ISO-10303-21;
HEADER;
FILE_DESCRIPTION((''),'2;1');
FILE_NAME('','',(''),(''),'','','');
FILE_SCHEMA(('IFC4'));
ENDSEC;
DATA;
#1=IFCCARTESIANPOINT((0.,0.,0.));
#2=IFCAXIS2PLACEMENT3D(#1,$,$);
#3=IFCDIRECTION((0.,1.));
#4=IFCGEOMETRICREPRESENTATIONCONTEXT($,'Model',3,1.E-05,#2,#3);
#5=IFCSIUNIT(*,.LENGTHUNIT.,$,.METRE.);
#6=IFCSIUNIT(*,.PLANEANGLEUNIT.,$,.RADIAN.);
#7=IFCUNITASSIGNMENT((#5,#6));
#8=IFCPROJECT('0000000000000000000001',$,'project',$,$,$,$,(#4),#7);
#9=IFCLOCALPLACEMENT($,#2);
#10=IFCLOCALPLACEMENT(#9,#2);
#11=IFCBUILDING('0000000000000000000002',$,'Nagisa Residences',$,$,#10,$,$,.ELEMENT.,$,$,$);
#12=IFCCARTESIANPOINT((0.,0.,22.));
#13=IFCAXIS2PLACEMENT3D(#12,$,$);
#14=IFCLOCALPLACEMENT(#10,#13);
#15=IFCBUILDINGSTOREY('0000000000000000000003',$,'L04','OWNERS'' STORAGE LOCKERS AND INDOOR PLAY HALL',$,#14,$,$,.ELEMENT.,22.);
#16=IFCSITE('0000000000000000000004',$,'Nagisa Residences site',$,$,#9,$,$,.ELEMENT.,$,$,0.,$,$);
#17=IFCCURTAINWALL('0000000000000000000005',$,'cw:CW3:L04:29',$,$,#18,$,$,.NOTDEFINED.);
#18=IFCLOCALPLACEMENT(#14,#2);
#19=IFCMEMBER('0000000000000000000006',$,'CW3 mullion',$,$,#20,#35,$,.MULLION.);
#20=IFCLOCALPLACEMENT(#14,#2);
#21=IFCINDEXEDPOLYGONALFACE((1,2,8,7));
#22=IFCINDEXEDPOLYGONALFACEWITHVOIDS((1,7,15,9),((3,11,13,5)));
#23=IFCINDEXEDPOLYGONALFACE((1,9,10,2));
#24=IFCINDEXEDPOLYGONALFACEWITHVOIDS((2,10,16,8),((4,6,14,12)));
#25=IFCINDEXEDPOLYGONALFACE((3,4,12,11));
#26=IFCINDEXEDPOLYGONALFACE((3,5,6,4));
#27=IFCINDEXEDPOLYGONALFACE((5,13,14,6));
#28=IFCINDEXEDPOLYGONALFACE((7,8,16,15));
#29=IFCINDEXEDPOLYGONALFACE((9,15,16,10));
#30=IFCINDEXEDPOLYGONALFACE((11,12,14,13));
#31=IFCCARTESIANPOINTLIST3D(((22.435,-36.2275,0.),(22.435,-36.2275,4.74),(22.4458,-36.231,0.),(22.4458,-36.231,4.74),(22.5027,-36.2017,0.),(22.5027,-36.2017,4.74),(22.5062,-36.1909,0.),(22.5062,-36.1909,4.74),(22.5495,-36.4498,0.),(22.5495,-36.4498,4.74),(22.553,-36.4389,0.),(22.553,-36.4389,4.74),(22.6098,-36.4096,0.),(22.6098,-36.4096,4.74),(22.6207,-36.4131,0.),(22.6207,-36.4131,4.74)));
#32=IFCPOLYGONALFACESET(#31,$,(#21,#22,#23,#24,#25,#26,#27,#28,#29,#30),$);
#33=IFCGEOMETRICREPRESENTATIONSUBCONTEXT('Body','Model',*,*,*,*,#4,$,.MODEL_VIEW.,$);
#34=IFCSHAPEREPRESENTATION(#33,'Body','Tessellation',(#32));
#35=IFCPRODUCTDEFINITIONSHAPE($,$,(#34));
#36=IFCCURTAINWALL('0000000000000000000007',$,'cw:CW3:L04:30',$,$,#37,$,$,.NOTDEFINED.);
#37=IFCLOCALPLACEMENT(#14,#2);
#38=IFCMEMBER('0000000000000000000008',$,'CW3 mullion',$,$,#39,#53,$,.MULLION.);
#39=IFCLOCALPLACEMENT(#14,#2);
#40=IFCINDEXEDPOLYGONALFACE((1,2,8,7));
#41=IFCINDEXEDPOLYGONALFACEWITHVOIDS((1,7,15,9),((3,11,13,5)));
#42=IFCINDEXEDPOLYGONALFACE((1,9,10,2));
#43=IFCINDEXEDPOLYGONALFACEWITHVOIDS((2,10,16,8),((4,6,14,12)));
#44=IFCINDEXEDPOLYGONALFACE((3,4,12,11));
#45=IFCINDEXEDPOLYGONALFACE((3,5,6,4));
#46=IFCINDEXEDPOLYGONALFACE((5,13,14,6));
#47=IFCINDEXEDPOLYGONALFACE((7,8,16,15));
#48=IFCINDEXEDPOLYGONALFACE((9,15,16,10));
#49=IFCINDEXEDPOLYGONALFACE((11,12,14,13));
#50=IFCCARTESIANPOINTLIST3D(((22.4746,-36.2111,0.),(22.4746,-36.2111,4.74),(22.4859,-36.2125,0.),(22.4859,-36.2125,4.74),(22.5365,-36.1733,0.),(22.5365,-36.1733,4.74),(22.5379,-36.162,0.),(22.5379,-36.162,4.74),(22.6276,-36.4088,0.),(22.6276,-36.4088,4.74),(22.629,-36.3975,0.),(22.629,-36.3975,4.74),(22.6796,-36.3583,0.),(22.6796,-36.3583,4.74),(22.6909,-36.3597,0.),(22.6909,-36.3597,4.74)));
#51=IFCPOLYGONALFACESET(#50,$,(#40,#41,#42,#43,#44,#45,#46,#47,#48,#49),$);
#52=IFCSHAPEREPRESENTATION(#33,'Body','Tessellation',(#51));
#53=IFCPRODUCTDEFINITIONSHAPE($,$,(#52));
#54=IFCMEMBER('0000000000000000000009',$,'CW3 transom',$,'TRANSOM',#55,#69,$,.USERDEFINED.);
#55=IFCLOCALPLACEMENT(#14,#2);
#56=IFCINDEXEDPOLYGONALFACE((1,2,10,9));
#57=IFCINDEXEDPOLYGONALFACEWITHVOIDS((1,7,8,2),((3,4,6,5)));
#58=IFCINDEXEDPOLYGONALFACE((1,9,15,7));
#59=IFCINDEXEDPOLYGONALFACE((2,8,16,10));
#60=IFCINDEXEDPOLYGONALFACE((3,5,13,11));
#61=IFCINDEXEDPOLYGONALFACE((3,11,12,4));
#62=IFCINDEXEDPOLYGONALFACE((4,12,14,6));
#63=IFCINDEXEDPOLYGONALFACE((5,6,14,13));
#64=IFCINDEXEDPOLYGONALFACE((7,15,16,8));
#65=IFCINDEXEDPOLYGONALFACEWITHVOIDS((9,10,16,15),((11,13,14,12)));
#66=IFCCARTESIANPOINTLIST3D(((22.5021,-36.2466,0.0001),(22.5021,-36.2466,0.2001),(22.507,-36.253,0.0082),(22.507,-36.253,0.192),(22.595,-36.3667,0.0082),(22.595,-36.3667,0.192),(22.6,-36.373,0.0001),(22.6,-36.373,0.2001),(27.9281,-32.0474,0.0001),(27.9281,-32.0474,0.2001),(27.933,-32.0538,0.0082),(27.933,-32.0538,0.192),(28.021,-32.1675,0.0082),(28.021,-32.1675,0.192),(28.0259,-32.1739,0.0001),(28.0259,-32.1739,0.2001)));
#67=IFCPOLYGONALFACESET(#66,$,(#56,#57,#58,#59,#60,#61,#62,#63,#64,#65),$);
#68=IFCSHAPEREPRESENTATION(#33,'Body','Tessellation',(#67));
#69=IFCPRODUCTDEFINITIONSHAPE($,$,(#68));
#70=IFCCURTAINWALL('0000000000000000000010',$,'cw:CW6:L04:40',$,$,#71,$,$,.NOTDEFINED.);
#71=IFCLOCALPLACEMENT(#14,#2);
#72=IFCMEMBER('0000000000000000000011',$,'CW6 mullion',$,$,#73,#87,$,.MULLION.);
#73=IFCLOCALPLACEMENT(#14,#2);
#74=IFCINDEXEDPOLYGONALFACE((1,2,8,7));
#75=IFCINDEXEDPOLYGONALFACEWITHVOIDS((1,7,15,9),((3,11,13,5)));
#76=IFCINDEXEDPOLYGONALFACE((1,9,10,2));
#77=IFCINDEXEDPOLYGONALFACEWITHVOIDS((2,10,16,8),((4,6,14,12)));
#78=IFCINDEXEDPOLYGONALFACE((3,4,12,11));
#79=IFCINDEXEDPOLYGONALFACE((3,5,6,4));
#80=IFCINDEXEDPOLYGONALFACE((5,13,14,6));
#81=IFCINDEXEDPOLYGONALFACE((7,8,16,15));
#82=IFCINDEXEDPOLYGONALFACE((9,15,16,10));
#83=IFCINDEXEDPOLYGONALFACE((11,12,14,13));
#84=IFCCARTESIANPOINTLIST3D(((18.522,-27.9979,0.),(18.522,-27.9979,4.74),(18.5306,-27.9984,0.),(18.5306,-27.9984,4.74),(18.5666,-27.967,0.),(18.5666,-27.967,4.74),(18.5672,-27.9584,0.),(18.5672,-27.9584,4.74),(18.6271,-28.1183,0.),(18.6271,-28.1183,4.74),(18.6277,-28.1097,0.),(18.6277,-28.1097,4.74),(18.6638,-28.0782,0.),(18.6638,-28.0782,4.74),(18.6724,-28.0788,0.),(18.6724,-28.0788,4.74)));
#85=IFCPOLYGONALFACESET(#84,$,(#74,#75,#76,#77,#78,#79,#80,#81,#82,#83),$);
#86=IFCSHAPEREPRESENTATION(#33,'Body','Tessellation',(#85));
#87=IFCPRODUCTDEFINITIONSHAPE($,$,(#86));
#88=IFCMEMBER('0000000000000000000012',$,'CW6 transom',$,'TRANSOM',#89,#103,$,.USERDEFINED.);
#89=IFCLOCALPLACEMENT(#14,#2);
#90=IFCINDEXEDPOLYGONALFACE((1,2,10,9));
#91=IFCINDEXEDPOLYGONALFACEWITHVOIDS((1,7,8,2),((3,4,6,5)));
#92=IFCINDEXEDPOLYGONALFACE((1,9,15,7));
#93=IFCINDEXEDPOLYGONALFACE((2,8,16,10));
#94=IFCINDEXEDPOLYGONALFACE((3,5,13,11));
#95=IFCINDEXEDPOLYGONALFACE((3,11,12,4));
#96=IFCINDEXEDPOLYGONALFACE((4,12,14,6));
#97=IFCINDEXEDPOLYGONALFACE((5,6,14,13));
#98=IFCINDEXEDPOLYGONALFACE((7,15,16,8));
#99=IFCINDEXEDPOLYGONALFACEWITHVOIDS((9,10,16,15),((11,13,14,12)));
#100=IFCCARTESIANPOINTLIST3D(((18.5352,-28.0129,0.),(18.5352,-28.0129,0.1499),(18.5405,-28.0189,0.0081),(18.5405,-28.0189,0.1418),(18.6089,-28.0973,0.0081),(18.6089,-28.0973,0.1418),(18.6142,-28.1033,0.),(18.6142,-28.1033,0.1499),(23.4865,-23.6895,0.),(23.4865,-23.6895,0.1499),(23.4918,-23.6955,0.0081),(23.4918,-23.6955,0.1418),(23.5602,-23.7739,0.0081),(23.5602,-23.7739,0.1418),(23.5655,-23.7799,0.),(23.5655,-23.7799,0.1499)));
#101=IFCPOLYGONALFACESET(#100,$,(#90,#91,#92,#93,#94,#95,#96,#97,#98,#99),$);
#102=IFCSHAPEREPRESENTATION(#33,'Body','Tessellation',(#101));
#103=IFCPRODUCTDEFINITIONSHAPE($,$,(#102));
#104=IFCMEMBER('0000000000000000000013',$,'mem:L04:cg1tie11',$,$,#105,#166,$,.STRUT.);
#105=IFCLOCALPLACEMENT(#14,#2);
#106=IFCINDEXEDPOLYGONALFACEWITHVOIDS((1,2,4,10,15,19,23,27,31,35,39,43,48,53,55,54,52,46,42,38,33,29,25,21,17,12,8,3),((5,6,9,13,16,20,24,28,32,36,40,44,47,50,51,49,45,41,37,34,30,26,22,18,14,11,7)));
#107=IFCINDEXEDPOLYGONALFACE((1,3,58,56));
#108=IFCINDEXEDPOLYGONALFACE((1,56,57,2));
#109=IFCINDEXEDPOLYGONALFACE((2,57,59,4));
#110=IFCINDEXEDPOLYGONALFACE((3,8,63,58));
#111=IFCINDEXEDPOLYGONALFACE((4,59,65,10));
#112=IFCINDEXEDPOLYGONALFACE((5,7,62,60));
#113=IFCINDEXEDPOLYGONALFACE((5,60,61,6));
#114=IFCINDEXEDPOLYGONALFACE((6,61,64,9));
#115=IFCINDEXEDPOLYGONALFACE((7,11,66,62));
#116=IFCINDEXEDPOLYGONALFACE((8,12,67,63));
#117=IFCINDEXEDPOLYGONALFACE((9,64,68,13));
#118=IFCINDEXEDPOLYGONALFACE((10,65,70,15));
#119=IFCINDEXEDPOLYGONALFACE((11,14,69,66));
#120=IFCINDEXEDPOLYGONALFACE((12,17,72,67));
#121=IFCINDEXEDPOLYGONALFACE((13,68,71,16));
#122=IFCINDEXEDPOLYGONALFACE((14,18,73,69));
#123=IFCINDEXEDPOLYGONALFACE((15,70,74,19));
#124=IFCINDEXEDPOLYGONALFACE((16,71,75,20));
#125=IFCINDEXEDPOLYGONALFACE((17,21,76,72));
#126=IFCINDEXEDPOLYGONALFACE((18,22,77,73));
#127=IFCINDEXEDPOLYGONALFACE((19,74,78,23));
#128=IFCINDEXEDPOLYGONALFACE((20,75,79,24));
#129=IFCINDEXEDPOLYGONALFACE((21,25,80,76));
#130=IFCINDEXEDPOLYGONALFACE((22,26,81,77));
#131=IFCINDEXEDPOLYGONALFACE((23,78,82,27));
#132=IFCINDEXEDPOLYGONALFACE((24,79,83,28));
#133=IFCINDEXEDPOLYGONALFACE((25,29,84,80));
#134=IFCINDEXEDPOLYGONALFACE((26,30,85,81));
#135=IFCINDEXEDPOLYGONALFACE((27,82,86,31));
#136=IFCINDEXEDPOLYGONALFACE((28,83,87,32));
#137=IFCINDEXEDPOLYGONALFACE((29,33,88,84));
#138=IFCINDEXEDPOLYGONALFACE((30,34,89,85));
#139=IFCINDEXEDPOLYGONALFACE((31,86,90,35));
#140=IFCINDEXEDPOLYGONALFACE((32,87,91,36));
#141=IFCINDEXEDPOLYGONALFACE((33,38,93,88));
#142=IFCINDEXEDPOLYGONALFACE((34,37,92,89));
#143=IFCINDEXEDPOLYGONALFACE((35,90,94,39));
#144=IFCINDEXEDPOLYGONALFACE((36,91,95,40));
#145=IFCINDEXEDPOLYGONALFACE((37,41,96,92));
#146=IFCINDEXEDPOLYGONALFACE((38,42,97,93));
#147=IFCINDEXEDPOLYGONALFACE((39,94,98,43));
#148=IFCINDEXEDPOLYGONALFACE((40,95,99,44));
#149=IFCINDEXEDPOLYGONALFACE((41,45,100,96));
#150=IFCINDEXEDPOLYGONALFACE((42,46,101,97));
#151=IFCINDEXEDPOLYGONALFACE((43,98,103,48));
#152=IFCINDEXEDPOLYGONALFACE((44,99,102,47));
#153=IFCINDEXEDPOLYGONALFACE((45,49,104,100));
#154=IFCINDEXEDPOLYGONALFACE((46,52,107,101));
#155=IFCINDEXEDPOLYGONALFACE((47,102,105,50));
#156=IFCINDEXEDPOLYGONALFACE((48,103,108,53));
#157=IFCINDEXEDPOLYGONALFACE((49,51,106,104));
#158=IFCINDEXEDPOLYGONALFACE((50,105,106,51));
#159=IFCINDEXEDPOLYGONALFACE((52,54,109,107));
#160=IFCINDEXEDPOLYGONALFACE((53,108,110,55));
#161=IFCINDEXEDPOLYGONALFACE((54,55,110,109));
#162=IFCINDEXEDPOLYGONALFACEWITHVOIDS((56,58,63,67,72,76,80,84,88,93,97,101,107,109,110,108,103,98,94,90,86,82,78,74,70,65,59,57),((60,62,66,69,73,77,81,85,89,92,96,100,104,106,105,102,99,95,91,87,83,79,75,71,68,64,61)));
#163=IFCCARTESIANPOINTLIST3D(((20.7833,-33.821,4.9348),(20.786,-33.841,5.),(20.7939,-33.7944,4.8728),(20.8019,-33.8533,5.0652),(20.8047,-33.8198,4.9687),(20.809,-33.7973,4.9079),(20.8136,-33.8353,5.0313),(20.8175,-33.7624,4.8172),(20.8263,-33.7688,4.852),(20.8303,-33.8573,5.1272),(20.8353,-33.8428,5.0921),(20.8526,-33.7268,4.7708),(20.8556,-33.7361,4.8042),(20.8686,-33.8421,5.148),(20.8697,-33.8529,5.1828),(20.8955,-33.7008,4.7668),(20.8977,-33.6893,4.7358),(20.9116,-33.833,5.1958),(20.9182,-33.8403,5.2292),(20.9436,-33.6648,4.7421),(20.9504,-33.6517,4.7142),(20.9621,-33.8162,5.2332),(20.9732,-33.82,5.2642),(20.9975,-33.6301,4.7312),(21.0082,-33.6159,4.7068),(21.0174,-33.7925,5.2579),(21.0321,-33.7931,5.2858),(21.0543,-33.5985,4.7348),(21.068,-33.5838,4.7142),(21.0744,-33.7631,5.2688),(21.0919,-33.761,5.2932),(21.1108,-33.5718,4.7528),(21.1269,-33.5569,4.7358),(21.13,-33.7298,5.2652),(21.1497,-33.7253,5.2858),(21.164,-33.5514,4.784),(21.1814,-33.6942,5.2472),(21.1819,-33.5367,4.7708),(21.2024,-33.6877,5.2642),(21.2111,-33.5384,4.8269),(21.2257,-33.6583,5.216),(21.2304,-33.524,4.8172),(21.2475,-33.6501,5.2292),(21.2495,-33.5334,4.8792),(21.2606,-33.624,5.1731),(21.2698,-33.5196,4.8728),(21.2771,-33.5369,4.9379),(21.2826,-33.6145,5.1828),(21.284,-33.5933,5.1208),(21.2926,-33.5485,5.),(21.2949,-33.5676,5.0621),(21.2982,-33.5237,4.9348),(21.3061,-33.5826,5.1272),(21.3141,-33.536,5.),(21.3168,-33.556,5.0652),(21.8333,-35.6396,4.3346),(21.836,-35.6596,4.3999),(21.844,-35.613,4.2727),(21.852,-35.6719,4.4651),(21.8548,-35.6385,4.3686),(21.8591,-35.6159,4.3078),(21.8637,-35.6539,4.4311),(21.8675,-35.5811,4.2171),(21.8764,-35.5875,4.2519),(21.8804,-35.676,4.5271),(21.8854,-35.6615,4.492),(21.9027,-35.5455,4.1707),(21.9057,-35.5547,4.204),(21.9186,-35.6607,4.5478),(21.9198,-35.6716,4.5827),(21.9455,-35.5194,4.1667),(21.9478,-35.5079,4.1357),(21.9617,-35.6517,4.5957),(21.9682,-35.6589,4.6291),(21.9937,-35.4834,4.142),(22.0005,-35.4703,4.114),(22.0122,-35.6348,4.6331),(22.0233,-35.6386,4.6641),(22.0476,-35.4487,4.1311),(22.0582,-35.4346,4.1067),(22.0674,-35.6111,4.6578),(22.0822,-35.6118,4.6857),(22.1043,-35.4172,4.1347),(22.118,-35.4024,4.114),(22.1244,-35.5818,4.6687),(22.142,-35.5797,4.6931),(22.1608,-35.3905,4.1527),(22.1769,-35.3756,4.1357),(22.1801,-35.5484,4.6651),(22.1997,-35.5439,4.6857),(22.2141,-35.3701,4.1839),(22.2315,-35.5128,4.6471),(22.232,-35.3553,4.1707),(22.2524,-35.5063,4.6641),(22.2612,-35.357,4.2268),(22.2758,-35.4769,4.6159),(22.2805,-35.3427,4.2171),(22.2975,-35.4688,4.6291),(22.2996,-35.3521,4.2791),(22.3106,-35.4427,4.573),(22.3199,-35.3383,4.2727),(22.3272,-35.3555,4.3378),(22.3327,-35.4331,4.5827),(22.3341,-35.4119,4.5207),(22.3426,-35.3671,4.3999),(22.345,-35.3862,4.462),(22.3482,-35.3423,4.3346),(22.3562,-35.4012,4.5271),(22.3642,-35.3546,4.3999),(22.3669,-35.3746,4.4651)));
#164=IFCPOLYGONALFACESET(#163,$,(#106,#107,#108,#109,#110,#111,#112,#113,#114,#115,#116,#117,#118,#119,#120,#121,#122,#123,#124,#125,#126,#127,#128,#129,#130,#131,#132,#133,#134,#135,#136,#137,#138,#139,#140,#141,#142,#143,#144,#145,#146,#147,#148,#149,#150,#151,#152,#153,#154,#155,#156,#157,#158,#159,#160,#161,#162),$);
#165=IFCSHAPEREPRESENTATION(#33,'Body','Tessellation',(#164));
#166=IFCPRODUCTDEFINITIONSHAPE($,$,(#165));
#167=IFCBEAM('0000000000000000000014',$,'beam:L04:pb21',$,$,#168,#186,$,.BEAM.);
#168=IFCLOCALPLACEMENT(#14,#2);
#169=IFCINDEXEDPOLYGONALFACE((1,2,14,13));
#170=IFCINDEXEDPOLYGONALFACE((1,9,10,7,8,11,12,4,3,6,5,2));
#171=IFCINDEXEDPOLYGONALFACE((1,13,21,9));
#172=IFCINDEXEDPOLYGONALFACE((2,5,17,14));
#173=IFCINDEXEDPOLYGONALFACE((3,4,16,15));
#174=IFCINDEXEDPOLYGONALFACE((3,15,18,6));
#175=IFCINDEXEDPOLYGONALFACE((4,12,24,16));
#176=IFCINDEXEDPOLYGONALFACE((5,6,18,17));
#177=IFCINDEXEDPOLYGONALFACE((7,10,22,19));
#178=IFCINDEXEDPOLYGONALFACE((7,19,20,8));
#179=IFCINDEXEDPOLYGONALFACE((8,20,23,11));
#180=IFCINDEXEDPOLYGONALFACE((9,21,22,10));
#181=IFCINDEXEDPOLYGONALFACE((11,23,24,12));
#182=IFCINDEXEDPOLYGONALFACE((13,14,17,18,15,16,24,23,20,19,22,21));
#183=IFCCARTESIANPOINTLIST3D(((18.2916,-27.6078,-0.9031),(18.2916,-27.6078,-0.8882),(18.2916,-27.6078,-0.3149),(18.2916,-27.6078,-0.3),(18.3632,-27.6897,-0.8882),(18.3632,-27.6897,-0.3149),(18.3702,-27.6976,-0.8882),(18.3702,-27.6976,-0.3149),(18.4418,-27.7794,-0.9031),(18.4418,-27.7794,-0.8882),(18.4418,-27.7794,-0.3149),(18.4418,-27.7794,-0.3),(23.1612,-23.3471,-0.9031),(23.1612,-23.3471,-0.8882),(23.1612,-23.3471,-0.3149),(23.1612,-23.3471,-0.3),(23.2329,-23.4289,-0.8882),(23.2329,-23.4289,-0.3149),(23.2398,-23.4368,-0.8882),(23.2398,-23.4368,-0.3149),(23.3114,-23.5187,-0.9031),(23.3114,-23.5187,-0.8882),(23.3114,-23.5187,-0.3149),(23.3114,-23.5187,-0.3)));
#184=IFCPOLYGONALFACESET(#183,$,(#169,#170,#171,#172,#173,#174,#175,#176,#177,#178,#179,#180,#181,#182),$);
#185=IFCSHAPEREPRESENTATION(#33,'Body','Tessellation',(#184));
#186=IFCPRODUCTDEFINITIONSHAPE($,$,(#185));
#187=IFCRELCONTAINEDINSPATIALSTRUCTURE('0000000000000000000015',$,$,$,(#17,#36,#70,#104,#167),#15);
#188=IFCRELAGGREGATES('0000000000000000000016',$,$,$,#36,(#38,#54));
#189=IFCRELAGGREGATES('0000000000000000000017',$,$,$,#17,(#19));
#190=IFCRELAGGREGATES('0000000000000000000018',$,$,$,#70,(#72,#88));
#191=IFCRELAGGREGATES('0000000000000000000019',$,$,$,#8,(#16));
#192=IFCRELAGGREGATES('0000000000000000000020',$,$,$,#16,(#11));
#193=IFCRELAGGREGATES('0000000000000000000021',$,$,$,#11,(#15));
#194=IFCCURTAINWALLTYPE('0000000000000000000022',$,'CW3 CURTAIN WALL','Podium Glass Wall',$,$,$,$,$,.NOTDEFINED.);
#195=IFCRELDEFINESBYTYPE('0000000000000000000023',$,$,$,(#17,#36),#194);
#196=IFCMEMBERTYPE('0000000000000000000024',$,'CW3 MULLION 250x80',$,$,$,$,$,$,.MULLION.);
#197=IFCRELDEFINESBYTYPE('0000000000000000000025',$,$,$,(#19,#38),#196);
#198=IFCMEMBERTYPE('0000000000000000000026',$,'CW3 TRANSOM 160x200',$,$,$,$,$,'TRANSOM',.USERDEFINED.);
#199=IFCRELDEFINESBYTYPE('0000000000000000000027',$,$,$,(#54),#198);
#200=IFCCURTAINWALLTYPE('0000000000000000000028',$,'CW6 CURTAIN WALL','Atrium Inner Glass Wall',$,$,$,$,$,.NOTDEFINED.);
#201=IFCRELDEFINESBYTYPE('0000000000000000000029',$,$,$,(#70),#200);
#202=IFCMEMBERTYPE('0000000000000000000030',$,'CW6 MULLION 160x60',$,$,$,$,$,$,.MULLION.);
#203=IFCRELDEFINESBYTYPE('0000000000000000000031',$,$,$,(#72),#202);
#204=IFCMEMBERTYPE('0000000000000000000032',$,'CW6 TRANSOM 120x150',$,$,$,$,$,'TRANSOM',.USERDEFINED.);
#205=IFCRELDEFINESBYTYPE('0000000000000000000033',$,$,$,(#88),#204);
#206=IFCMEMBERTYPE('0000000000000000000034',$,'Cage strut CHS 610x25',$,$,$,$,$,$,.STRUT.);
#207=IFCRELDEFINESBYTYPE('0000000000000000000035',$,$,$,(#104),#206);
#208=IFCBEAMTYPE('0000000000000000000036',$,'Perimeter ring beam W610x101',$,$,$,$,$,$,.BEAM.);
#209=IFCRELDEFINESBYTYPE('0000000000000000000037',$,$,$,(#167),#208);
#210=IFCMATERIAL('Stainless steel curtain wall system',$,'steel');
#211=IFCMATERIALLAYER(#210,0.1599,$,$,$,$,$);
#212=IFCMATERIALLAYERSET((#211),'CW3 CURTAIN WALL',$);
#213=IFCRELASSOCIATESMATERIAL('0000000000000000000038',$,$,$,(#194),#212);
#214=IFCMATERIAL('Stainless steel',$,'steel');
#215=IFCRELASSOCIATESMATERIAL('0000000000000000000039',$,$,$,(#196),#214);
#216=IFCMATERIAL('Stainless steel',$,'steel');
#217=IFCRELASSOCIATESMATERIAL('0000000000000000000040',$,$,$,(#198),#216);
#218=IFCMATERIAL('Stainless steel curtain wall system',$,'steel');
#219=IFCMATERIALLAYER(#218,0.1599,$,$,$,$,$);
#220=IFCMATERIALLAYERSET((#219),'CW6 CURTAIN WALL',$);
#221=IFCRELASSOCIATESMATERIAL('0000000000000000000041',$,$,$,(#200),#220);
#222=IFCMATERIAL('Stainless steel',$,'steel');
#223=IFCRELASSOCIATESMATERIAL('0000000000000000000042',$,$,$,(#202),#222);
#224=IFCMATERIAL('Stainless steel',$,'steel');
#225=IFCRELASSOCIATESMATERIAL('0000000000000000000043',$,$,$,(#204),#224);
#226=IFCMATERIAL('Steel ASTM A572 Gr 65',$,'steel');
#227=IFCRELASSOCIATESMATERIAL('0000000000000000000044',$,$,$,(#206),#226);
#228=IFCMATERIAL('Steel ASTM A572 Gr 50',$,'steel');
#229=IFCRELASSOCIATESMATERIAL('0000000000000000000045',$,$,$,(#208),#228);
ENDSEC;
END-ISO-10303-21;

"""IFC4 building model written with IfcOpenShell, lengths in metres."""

from ifc_helpers import new_model, si_unit, direction, frame, origin, origin_2d, place, context, subcontext, project, spatial, hollow_rectangle, hollow_circle, i_section, extrude, material, layer, layer_set, material_profile, profile_set, type_object, element, aggregate, save


model = new_model("IFC4")

# Units and contexts
model_context = context("Model", 3, precision=1e-05, world=origin(), true_north=direction((0.0, 1.0)))
body_context = subcontext(model_context, "Body", "Model", "MODEL_VIEW")
ifc_project = project(units=[si_unit("LENGTHUNIT", "METRE"), si_unit("PLANEANGLEUNIT", "RADIAN")], contexts=[model_context])

# Site, building, storey
site_placement = place(None, origin())
site = spatial("IfcSite", under=ifc_project, at=site_placement, Name="Nagisa Residences site", CompositionType="ELEMENT", RefElevation=0.0)
building_placement = place(site_placement, origin())
building = spatial("IfcBuilding", under=site, at=building_placement, Name="Nagisa Residences", CompositionType="ELEMENT")
storey_placement = place(building_placement, frame((0.0, 0.0, 22.0)))
storey = spatial("IfcBuildingStorey", under=building, at=storey_placement, Name="L04", Description="OWNERS' STORAGE LOCKERS AND INDOOR PLAY HALL", CompositionType="ELEMENT", Elevation=22.0)

# Curtain walls, members
ifc_material_1 = material(Name="Stainless steel curtain wall system", Category="steel")
ifc_layer_1 = layer(ifc_material_1, 0.1599)
ifc_layer_set_1 = layer_set([ifc_layer_1], Name="CW3 CURTAIN WALL")
curtain_wall_type_1 = type_object("IfcCurtainWallType", Name="CW3 CURTAIN WALL", Description="Podium Glass Wall", PredefinedType="NOTDEFINED", material=ifc_layer_set_1)
curtain_wall_1_placement = place(storey_placement, origin())
curtain_wall_1 = element("IfcCurtainWall", 1, at=curtain_wall_1_placement, inside=storey, type_object=curtain_wall_type_1, Name="cw:CW3:L04:29", PredefinedType="NOTDEFINED")
ifc_material_2 = material(Name="Stainless steel", Category="steel")
ifc_material_profile_1 = material_profile(ifc_material_2, hollow_rectangle(XDim=0.25, YDim=0.0801, WallThickness=0.0081, at=origin_2d()), Name="CW3 MULLION 250x80")
ifc_profile_set_1 = profile_set([ifc_material_profile_1], Name="Stainless steel")
member_type_1 = type_object("IfcMemberType", Name="CW3 MULLION 250x80", PredefinedType="MULLION", material=ifc_profile_set_1)
member_1_placement = place(storey_placement, frame((22.5278, -36.3203, 0.0), z_axis=(0.0, 0.0, 1.0), x_axis=(-0.458126, 0.888887, 0.0)))
member_1 = element("IfcMember", 2, at=member_1_placement, type_object=member_type_1, Name="CW3 mullion", PredefinedType="MULLION", context=body_context, shape_type="SweptSolid", body=[
    extrude(hollow_rectangle(XDim=0.25, YDim=0.0801, WallThickness=0.0081, at=origin_2d()), origin(), (0.0, 0.0, 1.0), 4.74),
])
curtain_wall_2_placement = place(storey_placement, origin())
curtain_wall_2 = element("IfcCurtainWall", 3, at=curtain_wall_2_placement, inside=storey, type_object=curtain_wall_type_1, Name="cw:CW3:L04:30", PredefinedType="NOTDEFINED")
member_2_placement = place(storey_placement, frame((22.5828, -36.2854, 0.0), z_axis=(0.0, 0.0, 1.0), x_axis=(-0.612035, 0.790831, 0.0)))
member_2 = element("IfcMember", 4, at=member_2_placement, type_object=member_type_1, Name="CW3 mullion", PredefinedType="MULLION", context=body_context, shape_type="SweptSolid", body=[
    extrude(hollow_rectangle(XDim=0.25, YDim=0.0801, WallThickness=0.0081, at=origin_2d()), origin(), (0.0, 0.0, 1.0), 4.74),
])
ifc_material_3 = material(Name="Stainless steel", Category="steel")
ifc_material_profile_2 = material_profile(ifc_material_3, hollow_rectangle(XDim=0.1599, YDim=0.2, WallThickness=0.0081, at=origin_2d()), Name="CW3 TRANSOM 160x200")
ifc_profile_set_2 = profile_set([ifc_material_profile_2], Name="Stainless steel")
member_type_2 = type_object("IfcMemberType", Name="CW3 TRANSOM 160x200", ElementType="TRANSOM", PredefinedType="USERDEFINED", material=ifc_profile_set_2)
member_3_placement = place(storey_placement, frame((22.551, -36.3098, 0.1001), z_axis=(0.790835, 0.61203, 0.0), x_axis=(-0.61203, 0.790835, 0.0)))
member_3 = element("IfcMember", 5, at=member_3_placement, type_object=member_type_2, Name="CW3 transom", ObjectType="TRANSOM", PredefinedType="USERDEFINED", context=body_context, shape_type="SweptSolid", body=[
    extrude(hollow_rectangle(XDim=0.1599, YDim=0.2, WallThickness=0.0081, at=origin_2d()), origin(), (0.0, 0.0, 1.0), 6.8611),
])
aggregate(curtain_wall_2, [member_2, member_3])
ifc_material_4 = material(Name="Stainless steel curtain wall system", Category="steel")
ifc_layer_2 = layer(ifc_material_4, 0.1599)
ifc_layer_set_2 = layer_set([ifc_layer_2], Name="CW6 CURTAIN WALL")
curtain_wall_type_2 = type_object("IfcCurtainWallType", Name="CW6 CURTAIN WALL", Description="Atrium Inner Glass Wall", PredefinedType="NOTDEFINED", material=ifc_layer_set_2)
curtain_wall_3_placement = place(storey_placement, origin())
curtain_wall_3 = element("IfcCurtainWall", 6, at=curtain_wall_3_placement, inside=storey, type_object=curtain_wall_type_2, Name="cw:CW6:L04:40", PredefinedType="NOTDEFINED")
ifc_material_5 = material(Name="Stainless steel", Category="steel")
ifc_material_profile_3 = material_profile(ifc_material_5, hollow_rectangle(XDim=0.1599, YDim=0.0601, WallThickness=0.0061, at=origin_2d()), Name="CW6 MULLION 160x60")
ifc_profile_set_3 = profile_set([ifc_material_profile_3], Name="Stainless steel")
member_type_3 = type_object("IfcMemberType", Name="CW6 MULLION 160x60", PredefinedType="MULLION", material=ifc_profile_set_3)
member_4_placement = place(storey_placement, frame((18.5972, -28.0383, 0.0), z_axis=(0.0, 0.0, 1.0), x_axis=(-0.657721, 0.753261, 0.0)))
member_4 = element("IfcMember", 7, at=member_4_placement, type_object=member_type_3, Name="CW6 mullion", PredefinedType="MULLION", context=body_context, shape_type="SweptSolid", body=[
    extrude(hollow_rectangle(XDim=0.1599, YDim=0.0601, WallThickness=0.0061, at=origin_2d()), origin(), (0.0, 0.0, 1.0), 4.74),
])
ifc_material_6 = material(Name="Stainless steel", Category="steel")
ifc_material_profile_4 = material_profile(ifc_material_6, hollow_rectangle(XDim=0.1201, YDim=0.1499, WallThickness=0.0081, at=origin_2d()), Name="CW6 TRANSOM 120x150")
ifc_profile_set_4 = profile_set([ifc_material_profile_4], Name="Stainless steel")
member_type_4 = type_object("IfcMemberType", Name="CW6 TRANSOM 120x150", ElementType="TRANSOM", PredefinedType="USERDEFINED", material=ifc_profile_set_4)
member_5_placement = place(storey_placement, frame((18.5747, -28.0581, 0.075), z_axis=(0.753255, 0.657729, 0.0), x_axis=(-0.657729, 0.753255, 0.0)))
member_5 = element("IfcMember", 8, at=member_5_placement, type_object=member_type_4, Name="CW6 transom", ObjectType="TRANSOM", PredefinedType="USERDEFINED", context=body_context, shape_type="SweptSolid", body=[
    extrude(hollow_rectangle(XDim=0.1201, YDim=0.1499, WallThickness=0.0081, at=origin_2d()), origin(), (0.0, 0.0, 1.0), 6.5732),
])

# Member
ifc_material_7 = material(Name="Steel ASTM A572 Gr 65", Category="steel")
ifc_material_profile_5 = material_profile(ifc_material_7, hollow_circle(Radius=0.3049, WallThickness=0.0249, at=origin_2d()), Name="CHS 610x25")
ifc_profile_set_5 = profile_set([ifc_material_profile_5], Name="Steel ASTM A572 Gr 65")
member_type_5 = type_object("IfcMemberType", Name="Cage strut CHS 610x25", PredefinedType="STRUT", material=ifc_profile_set_5)
member_6_placement = place(storey_placement, frame((21.05, -33.6885, 5.0), z_axis=(0.480782, -0.832678, -0.274765), x_axis=(0.866009, 0.500028, 0.0)))
element("IfcMember", 9, at=member_6_placement, inside=storey, type_object=member_type_5, Name="mem:L04:cg1tie11", PredefinedType="STRUT", context=body_context, shape_type="SweptSolid", body=[
    extrude(hollow_circle(Radius=0.3049, WallThickness=0.0249, at=origin_2d()), origin(), (0.0, 0.0, 1.0), 2.1841),
])

# Beam
ifc_material_8 = material(Name="Steel ASTM A572 Gr 50", Category="steel")
ifc_material_profile_6 = material_profile(ifc_material_8, i_section(OverallWidth=0.228, OverallDepth=0.603, WebThickness=0.0105, FlangeThickness=0.0149, at=origin_2d()), Name="W610x101")
ifc_profile_set_6 = profile_set([ifc_material_profile_6], Name="Steel ASTM A572 Gr 50")
beam_type_1 = type_object("IfcBeamType", Name="Perimeter ring beam W610x101", PredefinedType="BEAM", material=ifc_profile_set_6)
beam_1_placement = place(storey_placement, frame((18.3667, -27.6936, -0.6016), z_axis=(0.752591, 0.658489, 0.0), x_axis=(-0.658489, 0.752591, 0.0)))
element("IfcBeam", 10, at=beam_1_placement, inside=storey, type_object=beam_type_1, Name="beam:L04:pb21", PredefinedType="BEAM", context=body_context, shape_type="SweptSolid", body=[
    extrude(i_section(OverallWidth=0.228, OverallDepth=0.603, WebThickness=0.0105, FlangeThickness=0.0149, at=origin_2d()), origin(), (0.0, 0.0, 1.0), 6.4705),
])

aggregate(curtain_wall_1, [member_1])
aggregate(curtain_wall_3, [member_4, member_5])

save(model, "model.ifc")
